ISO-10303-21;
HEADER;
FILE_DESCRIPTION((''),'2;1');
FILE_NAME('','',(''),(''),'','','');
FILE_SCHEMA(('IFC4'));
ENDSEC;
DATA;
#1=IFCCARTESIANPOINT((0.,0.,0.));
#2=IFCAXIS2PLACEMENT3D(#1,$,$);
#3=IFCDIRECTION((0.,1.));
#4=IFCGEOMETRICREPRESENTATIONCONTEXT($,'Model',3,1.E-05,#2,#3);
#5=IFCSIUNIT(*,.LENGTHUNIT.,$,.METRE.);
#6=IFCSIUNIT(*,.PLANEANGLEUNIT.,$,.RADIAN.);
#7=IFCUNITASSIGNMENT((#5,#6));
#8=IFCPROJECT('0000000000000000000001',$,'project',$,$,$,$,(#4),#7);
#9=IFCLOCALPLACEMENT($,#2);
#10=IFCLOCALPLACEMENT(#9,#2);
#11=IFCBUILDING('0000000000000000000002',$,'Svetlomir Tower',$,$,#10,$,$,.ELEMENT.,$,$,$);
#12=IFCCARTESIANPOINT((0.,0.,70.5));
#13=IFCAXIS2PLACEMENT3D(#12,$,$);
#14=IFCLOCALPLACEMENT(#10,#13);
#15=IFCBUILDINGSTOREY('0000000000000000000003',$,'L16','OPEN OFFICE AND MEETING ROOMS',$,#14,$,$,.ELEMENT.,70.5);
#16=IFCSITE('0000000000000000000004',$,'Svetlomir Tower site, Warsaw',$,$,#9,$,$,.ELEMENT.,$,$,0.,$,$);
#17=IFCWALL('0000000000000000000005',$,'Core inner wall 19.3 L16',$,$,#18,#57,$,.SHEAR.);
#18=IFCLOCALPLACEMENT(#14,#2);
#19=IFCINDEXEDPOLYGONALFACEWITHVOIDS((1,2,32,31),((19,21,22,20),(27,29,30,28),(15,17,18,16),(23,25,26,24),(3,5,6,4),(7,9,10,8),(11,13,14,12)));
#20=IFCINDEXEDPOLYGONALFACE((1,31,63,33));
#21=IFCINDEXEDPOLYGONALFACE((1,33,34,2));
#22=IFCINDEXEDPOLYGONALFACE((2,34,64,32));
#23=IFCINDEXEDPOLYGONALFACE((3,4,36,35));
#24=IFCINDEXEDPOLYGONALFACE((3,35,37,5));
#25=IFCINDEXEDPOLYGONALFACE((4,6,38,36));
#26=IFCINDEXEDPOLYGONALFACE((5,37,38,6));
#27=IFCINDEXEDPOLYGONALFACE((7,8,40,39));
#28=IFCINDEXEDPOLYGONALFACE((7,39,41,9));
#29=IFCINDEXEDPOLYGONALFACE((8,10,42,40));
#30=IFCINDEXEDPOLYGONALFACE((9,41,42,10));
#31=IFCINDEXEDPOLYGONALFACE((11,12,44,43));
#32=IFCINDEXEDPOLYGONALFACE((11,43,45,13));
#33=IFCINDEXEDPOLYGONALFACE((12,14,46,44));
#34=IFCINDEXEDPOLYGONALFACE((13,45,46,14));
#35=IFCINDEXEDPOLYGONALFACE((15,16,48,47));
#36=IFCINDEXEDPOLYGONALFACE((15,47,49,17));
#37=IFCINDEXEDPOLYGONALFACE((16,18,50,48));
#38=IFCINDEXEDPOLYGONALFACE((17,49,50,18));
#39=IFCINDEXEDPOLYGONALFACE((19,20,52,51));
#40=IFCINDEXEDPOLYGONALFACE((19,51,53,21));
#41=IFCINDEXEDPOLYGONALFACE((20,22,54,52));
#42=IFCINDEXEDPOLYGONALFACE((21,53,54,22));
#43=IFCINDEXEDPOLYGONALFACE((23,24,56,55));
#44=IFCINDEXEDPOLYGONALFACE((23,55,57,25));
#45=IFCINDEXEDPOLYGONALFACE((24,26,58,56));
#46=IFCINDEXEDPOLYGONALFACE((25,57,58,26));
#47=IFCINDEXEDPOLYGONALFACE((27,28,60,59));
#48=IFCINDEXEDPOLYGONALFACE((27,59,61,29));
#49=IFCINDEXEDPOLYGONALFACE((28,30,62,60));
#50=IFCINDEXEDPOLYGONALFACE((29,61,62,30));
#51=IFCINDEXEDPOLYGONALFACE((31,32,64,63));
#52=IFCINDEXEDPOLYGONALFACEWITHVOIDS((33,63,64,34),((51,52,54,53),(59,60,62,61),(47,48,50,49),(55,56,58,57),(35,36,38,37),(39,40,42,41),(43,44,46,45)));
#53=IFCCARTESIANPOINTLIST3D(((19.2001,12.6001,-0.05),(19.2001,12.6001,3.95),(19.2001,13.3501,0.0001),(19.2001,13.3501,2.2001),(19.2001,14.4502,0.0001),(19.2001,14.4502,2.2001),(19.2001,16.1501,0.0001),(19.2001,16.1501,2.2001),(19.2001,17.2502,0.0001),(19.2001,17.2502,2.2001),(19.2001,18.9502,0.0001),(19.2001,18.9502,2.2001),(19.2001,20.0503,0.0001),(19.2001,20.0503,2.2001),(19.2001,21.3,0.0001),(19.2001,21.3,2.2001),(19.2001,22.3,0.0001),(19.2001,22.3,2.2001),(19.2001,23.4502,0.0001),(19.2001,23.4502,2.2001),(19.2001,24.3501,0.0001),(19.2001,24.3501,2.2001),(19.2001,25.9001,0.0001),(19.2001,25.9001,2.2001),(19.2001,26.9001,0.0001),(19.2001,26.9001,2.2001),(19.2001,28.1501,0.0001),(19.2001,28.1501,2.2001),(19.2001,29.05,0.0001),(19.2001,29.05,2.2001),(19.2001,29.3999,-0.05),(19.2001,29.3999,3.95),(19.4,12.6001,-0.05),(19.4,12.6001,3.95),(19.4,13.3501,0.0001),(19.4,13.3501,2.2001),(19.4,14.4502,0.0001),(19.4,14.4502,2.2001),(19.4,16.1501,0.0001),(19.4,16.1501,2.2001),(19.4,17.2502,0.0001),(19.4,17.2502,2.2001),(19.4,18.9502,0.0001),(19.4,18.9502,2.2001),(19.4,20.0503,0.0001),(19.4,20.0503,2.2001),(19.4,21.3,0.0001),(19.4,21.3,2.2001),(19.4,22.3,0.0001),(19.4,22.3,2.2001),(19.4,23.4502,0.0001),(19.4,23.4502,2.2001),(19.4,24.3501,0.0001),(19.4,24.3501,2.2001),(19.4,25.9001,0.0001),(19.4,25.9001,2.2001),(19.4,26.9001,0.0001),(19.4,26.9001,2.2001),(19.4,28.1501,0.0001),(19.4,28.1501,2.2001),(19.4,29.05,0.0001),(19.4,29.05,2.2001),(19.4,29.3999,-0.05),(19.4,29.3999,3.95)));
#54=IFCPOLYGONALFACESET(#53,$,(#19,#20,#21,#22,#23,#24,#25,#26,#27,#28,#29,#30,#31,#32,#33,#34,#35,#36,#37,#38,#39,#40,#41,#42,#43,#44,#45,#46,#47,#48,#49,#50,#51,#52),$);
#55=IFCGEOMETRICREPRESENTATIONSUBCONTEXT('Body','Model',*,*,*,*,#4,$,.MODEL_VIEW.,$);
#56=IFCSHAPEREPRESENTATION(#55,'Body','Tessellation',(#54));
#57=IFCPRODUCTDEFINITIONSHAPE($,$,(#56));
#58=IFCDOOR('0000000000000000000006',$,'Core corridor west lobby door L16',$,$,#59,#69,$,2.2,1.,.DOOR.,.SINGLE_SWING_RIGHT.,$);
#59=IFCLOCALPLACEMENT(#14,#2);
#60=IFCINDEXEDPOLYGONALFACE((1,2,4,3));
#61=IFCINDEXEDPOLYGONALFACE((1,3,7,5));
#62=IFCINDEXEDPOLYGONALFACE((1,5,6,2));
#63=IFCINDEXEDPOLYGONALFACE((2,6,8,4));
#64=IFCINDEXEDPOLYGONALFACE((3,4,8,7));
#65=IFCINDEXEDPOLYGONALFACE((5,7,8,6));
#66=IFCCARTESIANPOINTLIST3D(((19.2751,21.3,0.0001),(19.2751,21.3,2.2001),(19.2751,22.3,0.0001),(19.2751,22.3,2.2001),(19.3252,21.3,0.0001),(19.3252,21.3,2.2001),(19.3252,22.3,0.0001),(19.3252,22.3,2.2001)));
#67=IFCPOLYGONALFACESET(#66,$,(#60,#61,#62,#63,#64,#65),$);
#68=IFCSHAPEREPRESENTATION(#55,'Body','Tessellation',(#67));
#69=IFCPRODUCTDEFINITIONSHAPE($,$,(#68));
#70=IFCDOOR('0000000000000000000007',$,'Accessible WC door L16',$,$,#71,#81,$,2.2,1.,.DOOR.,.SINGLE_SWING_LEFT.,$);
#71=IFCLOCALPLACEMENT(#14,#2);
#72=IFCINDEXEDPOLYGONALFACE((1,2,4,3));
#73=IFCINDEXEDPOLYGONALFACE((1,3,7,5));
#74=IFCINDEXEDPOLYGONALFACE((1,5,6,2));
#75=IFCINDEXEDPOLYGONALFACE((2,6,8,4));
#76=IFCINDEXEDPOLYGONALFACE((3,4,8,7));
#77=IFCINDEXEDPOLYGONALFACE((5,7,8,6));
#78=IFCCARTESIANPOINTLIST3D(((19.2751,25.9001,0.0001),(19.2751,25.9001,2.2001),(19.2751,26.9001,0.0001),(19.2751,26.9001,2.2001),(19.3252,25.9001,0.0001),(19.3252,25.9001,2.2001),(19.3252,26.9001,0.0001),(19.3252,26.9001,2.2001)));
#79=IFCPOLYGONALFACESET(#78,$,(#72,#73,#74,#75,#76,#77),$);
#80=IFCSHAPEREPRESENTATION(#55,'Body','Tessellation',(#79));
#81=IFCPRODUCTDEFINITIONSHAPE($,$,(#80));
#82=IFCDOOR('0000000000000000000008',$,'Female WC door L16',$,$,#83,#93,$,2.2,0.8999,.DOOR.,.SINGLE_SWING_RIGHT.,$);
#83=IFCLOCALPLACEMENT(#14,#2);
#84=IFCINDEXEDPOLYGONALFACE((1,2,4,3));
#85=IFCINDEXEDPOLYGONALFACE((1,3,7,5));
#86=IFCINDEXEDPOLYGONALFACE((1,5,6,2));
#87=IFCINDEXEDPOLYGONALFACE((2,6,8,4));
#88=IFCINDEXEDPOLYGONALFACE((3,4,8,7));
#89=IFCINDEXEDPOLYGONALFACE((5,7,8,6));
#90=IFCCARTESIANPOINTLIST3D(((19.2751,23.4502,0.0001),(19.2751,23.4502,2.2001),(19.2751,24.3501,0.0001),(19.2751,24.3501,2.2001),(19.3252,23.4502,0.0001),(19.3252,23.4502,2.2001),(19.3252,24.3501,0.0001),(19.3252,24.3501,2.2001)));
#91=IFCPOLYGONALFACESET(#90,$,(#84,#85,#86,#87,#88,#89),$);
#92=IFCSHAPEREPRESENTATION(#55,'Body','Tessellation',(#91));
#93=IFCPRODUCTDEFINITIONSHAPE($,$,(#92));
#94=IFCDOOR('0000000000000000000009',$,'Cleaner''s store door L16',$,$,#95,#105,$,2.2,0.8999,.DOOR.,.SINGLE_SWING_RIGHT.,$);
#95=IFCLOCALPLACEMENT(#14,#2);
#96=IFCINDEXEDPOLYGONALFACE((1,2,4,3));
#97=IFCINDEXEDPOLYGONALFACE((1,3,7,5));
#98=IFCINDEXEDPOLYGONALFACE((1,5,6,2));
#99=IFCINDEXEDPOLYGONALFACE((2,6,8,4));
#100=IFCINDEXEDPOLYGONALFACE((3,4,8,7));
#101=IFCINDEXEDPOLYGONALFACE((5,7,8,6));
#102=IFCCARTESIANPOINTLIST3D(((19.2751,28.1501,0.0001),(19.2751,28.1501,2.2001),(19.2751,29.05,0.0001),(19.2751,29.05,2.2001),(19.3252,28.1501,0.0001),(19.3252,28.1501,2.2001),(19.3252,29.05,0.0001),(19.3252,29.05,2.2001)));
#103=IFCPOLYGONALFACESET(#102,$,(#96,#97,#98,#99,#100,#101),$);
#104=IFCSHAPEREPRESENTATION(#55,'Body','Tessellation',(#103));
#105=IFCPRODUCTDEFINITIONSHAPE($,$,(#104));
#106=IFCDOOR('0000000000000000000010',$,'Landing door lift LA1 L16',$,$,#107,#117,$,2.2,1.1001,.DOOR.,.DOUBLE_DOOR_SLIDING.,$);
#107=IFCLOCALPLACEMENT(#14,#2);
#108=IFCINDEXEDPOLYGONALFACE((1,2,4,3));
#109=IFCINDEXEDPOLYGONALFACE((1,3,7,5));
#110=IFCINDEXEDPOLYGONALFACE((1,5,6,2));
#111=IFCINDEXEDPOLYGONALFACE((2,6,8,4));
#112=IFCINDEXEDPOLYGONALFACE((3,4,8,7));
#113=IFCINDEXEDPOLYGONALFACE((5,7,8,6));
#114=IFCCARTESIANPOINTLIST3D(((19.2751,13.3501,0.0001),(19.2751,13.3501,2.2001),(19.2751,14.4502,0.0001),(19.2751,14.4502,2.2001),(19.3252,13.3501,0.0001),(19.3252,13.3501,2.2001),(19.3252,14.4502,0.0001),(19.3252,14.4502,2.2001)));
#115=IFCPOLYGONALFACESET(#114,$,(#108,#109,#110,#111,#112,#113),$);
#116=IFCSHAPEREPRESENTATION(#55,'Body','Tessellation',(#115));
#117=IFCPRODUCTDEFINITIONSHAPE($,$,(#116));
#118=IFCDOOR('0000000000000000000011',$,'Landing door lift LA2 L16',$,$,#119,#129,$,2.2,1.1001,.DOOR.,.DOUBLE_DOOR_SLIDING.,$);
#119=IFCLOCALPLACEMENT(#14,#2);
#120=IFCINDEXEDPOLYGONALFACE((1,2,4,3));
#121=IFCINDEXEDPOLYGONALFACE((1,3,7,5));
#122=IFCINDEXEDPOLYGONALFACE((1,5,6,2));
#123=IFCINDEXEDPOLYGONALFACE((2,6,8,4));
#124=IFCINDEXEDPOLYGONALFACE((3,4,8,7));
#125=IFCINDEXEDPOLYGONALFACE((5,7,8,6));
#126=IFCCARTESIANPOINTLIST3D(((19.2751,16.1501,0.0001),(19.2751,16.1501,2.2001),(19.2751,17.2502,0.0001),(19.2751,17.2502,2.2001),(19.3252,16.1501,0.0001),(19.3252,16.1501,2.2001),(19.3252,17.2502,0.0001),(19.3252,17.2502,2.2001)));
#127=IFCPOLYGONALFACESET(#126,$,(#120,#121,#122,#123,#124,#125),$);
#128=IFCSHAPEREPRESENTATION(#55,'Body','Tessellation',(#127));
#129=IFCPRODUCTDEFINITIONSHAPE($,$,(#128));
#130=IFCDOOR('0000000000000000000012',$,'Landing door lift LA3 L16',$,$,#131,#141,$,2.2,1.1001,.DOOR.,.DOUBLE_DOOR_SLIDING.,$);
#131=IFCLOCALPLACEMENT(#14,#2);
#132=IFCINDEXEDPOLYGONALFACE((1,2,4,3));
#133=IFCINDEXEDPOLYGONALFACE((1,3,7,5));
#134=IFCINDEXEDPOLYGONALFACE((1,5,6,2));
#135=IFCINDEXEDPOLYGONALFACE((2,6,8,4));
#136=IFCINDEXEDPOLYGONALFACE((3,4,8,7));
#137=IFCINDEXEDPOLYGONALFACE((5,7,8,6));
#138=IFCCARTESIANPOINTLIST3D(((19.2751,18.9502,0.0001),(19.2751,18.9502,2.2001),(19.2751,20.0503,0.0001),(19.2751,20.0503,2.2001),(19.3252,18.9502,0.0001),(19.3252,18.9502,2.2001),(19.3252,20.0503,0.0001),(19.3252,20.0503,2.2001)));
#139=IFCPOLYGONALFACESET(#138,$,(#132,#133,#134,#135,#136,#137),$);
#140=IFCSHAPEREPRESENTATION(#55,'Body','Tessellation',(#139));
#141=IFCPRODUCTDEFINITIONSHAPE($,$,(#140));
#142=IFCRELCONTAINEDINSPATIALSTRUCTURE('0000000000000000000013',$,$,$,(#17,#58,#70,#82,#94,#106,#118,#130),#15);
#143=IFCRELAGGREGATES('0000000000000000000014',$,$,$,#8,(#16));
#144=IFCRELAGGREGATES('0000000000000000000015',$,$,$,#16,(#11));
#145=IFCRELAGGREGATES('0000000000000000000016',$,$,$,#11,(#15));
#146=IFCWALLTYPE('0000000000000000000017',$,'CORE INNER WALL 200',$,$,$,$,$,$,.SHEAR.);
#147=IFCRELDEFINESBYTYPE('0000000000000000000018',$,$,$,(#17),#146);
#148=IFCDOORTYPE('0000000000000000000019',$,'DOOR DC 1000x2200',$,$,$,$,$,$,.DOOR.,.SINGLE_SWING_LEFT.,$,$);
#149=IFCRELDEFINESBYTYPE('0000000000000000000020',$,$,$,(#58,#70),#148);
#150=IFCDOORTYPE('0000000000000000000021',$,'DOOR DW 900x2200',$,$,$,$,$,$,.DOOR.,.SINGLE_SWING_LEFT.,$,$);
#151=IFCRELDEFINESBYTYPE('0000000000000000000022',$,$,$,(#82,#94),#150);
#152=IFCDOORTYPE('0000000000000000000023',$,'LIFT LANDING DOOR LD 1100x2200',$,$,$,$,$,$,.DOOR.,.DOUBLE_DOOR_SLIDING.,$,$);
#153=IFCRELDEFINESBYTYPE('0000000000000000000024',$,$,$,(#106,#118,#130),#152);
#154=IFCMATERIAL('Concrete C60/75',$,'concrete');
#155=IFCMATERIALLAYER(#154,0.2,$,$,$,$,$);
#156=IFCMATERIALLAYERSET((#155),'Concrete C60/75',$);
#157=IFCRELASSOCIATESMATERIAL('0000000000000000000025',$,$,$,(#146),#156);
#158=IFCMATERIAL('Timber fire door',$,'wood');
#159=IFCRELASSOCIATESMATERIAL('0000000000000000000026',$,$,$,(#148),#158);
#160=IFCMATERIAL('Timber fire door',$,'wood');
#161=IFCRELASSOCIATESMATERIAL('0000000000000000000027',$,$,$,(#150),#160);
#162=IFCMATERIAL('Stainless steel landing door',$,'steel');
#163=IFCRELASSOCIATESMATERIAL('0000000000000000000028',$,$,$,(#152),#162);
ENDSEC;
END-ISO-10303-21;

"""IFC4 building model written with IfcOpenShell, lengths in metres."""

from ifc_helpers import new_model, si_unit, direction, frame, frame_2d, origin, place, context, subcontext, project, spatial, rectangle, extrude, material, layer, layer_set, type_object, element, fill, save


model = new_model("IFC4")

# Units and contexts
model_context = context("Model", 3, precision=1e-05, world=origin(), true_north=direction((0.0, 1.0)))
body_context = subcontext(model_context, "Body", "Model", "MODEL_VIEW")
ifc_project = project(units=[si_unit("LENGTHUNIT", "METRE"), si_unit("PLANEANGLEUNIT", "RADIAN")], contexts=[model_context])

# Site, building, storey
site_placement = place(None, origin())
site = spatial("IfcSite", under=ifc_project, at=site_placement, Name="Svetlomir Tower site, Warsaw", CompositionType="ELEMENT", RefElevation=0.0)
building_placement = place(site_placement, origin())
building = spatial("IfcBuilding", under=site, at=building_placement, Name="Svetlomir Tower", CompositionType="ELEMENT")
storey_placement = place(building_placement, frame((0.0, 0.0, 70.5)))
storey = spatial("IfcBuildingStorey", under=building, at=storey_placement, Name="L16", Description="OPEN OFFICE AND MEETING ROOMS", CompositionType="ELEMENT", Elevation=70.5)

# Wall, openings, doors
ifc_material_1 = material(Name="Concrete C60/75", Category="concrete")
ifc_layer_1 = layer(ifc_material_1, 0.2)
ifc_layer_set_1 = layer_set([ifc_layer_1], Name="Concrete C60/75")
wall_type_1 = type_object("IfcWallType", Name="CORE INNER WALL 200", PredefinedType="SHEAR", material=ifc_layer_set_1)
wall_1_placement = place(storey_placement, frame((19.3, 12.6001, -0.05), z_axis=(0.0, 0.0, 1.0), x_axis=(0.0, 1.0, 0.0)))
wall_1 = element("IfcWall", 1, at=wall_1_placement, inside=storey, type_object=wall_type_1, Name="Core inner wall 19.3 L16", PredefinedType="SHEAR", context=body_context, shape_type="SweptSolid", body=[
    extrude(rectangle(XDim=16.7998, YDim=0.2, at=frame_2d((8.3999, 0.0))), origin(), (0.0, 0.0, 1.0), 4.0),
])
opening_1_placement = place(wall_1_placement, frame((8.7, 0.0, 0.05)))
opening_1 = element("IfcOpeningElement", 2, at=opening_1_placement, cuts=wall_1, PredefinedType="OPENING", context=body_context, shape_type="SweptSolid", body=[
    extrude(rectangle(XDim=1.0, YDim=2.2, at=frame_2d((0.5, 1.1001))), frame((0.0, 0.1099, 0.0), z_axis=(0.0, -1.0, 0.0), x_axis=(1.0, 0.0, 0.0)), (0.0, 0.0, 1.0), 0.22),
])
opening_2_placement = place(wall_1_placement, frame((10.8501, 0.0, 0.05)))
opening_2 = element("IfcOpeningElement", 3, at=opening_2_placement, cuts=wall_1, PredefinedType="OPENING", context=body_context, shape_type="SweptSolid", body=[
    extrude(rectangle(XDim=0.8999, YDim=2.2, at=frame_2d((0.45, 1.1001))), frame((0.0, 0.1099, 0.0), z_axis=(0.0, -1.0, 0.0), x_axis=(1.0, 0.0, 0.0)), (0.0, 0.0, 1.0), 0.22),
])
opening_3_placement = place(wall_1_placement, frame((13.3, 0.0, 0.05)))
opening_3 = element("IfcOpeningElement", 4, at=opening_3_placement, cuts=wall_1, PredefinedType="OPENING", context=body_context, shape_type="SweptSolid", body=[
    extrude(rectangle(XDim=1.0, YDim=2.2, at=frame_2d((0.5, 1.1001))), frame((0.0, 0.1099, 0.0), z_axis=(0.0, -1.0, 0.0), x_axis=(1.0, 0.0, 0.0)), (0.0, 0.0, 1.0), 0.22),
])
opening_4_placement = place(wall_1_placement, frame((15.55, 0.0, 0.05)))
opening_4 = element("IfcOpeningElement", 5, at=opening_4_placement, cuts=wall_1, PredefinedType="OPENING", context=body_context, shape_type="SweptSolid", body=[
    extrude(rectangle(XDim=0.8999, YDim=2.2, at=frame_2d((0.45, 1.1001))), frame((0.0, 0.1099, 0.0), z_axis=(0.0, -1.0, 0.0), x_axis=(1.0, 0.0, 0.0)), (0.0, 0.0, 1.0), 0.22),
])
opening_5_placement = place(wall_1_placement, frame((0.75, 0.0, 0.05)))
opening_5 = element("IfcOpeningElement", 6, at=opening_5_placement, cuts=wall_1, PredefinedType="OPENING", context=body_context, shape_type="SweptSolid", body=[
    extrude(rectangle(XDim=1.1001, YDim=2.2, at=frame_2d((0.55, 1.1001))), frame((0.0, 0.1099, 0.0), z_axis=(0.0, -1.0, 0.0), x_axis=(1.0, 0.0, 0.0)), (0.0, 0.0, 1.0), 0.22),
])
opening_6_placement = place(wall_1_placement, frame((3.55, 0.0, 0.05)))
opening_6 = element("IfcOpeningElement", 7, at=opening_6_placement, cuts=wall_1, PredefinedType="OPENING", context=body_context, shape_type="SweptSolid", body=[
    extrude(rectangle(XDim=1.1001, YDim=2.2, at=frame_2d((0.55, 1.1001))), frame((0.0, 0.1099, 0.0), z_axis=(0.0, -1.0, 0.0), x_axis=(1.0, 0.0, 0.0)), (0.0, 0.0, 1.0), 0.22),
])
opening_7_placement = place(wall_1_placement, frame((6.3501, 0.0, 0.05)))
opening_7 = element("IfcOpeningElement", 8, at=opening_7_placement, cuts=wall_1, PredefinedType="OPENING", context=body_context, shape_type="SweptSolid", body=[
    extrude(rectangle(XDim=1.1001, YDim=2.2, at=frame_2d((0.55, 1.1001))), frame((0.0, 0.1099, 0.0), z_axis=(0.0, -1.0, 0.0), x_axis=(1.0, 0.0, 0.0)), (0.0, 0.0, 1.0), 0.22),
])
ifc_material_2 = material(Name="Timber fire door", Category="wood")
door_type_1 = type_object("IfcDoorType", Name="DOOR DC 1000x2200", OperationType="SINGLE_SWING_LEFT", PredefinedType="DOOR", material=ifc_material_2)
door_1_placement = place(opening_1_placement, origin())
door_1 = element("IfcDoor", 9, at=door_1_placement, inside=storey, type_object=door_type_1, Name="Core corridor west lobby door L16", OperationType="SINGLE_SWING_RIGHT", OverallHeight=2.2, OverallWidth=1.0, PredefinedType="DOOR", context=body_context, shape_type="SweptSolid", body=[
    extrude(rectangle(XDim=1.0, YDim=2.2, at=frame_2d((0.5, 1.1001))), frame((0.0, 0.0249, 0.0), z_axis=(0.0, -1.0, 0.0), x_axis=(1.0, 0.0, 0.0)), (0.0, 0.0, 1.0), 0.05),
])
fill(opening_1, door_1)
door_2_placement = place(opening_3_placement, origin())
door_2 = element("IfcDoor", 10, at=door_2_placement, inside=storey, type_object=door_type_1, Name="Accessible WC door L16", OperationType="SINGLE_SWING_LEFT", OverallHeight=2.2, OverallWidth=1.0, PredefinedType="DOOR", context=body_context, shape_type="SweptSolid", body=[
    extrude(rectangle(XDim=1.0, YDim=2.2, at=frame_2d((0.5, 1.1001))), frame((0.0, 0.0249, 0.0), z_axis=(0.0, -1.0, 0.0), x_axis=(1.0, 0.0, 0.0)), (0.0, 0.0, 1.0), 0.05),
])
fill(opening_3, door_2)
ifc_material_3 = material(Name="Timber fire door", Category="wood")
door_type_2 = type_object("IfcDoorType", Name="DOOR DW 900x2200", OperationType="SINGLE_SWING_LEFT", PredefinedType="DOOR", material=ifc_material_3)
door_3_placement = place(opening_2_placement, origin())
door_3 = element("IfcDoor", 11, at=door_3_placement, inside=storey, type_object=door_type_2, Name="Female WC door L16", OperationType="SINGLE_SWING_RIGHT", OverallHeight=2.2, OverallWidth=0.8999, PredefinedType="DOOR", context=body_context, shape_type="SweptSolid", body=[
    extrude(rectangle(XDim=0.8999, YDim=2.2, at=frame_2d((0.45, 1.1001))), frame((0.0, 0.0249, 0.0), z_axis=(0.0, -1.0, 0.0), x_axis=(1.0, 0.0, 0.0)), (0.0, 0.0, 1.0), 0.05),
])
fill(opening_2, door_3)
door_4_placement = place(opening_4_placement, origin())
door_4 = element("IfcDoor", 12, at=door_4_placement, inside=storey, type_object=door_type_2, Name="Cleaner's store door L16", OperationType="SINGLE_SWING_RIGHT", OverallHeight=2.2, OverallWidth=0.8999, PredefinedType="DOOR", context=body_context, shape_type="SweptSolid", body=[
    extrude(rectangle(XDim=0.8999, YDim=2.2, at=frame_2d((0.45, 1.1001))), frame((0.0, 0.0249, 0.0), z_axis=(0.0, -1.0, 0.0), x_axis=(1.0, 0.0, 0.0)), (0.0, 0.0, 1.0), 0.05),
])
fill(opening_4, door_4)
ifc_material_4 = material(Name="Stainless steel landing door", Category="steel")
door_type_3 = type_object("IfcDoorType", Name="LIFT LANDING DOOR LD 1100x2200", OperationType="DOUBLE_DOOR_SLIDING", PredefinedType="DOOR", material=ifc_material_4)
door_5_placement = place(opening_5_placement, origin())
door_5 = element("IfcDoor", 13, at=door_5_placement, inside=storey, type_object=door_type_3, Name="Landing door lift LA1 L16", OperationType="DOUBLE_DOOR_SLIDING", OverallHeight=2.2, OverallWidth=1.1001, PredefinedType="DOOR", context=body_context, shape_type="SweptSolid", body=[
    extrude(rectangle(XDim=1.1001, YDim=2.2, at=frame_2d((0.55, 1.1001))), frame((0.0, 0.0249, 0.0), z_axis=(0.0, -1.0, 0.0), x_axis=(1.0, 0.0, 0.0)), (0.0, 0.0, 1.0), 0.05),
])
fill(opening_5, door_5)
door_6_placement = place(opening_6_placement, origin())
door_6 = element("IfcDoor", 14, at=door_6_placement, inside=storey, type_object=door_type_3, Name="Landing door lift LA2 L16", OperationType="DOUBLE_DOOR_SLIDING", OverallHeight=2.2, OverallWidth=1.1001, PredefinedType="DOOR", context=body_context, shape_type="SweptSolid", body=[
    extrude(rectangle(XDim=1.1001, YDim=2.2, at=frame_2d((0.55, 1.1001))), frame((0.0, 0.0249, 0.0), z_axis=(0.0, -1.0, 0.0), x_axis=(1.0, 0.0, 0.0)), (0.0, 0.0, 1.0), 0.05),
])
fill(opening_6, door_6)
door_7_placement = place(opening_7_placement, origin())
door_7 = element("IfcDoor", 15, at=door_7_placement, inside=storey, type_object=door_type_3, Name="Landing door lift LA3 L16", OperationType="DOUBLE_DOOR_SLIDING", OverallHeight=2.2, OverallWidth=1.1001, PredefinedType="DOOR", context=body_context, shape_type="SweptSolid", body=[
    extrude(rectangle(XDim=1.1001, YDim=2.2, at=frame_2d((0.55, 1.1001))), frame((0.0, 0.0249, 0.0), z_axis=(0.0, -1.0, 0.0), x_axis=(1.0, 0.0, 0.0)), (0.0, 0.0, 1.0), 0.05),
])
fill(opening_7, door_7)

save(model, "model.ifc")
